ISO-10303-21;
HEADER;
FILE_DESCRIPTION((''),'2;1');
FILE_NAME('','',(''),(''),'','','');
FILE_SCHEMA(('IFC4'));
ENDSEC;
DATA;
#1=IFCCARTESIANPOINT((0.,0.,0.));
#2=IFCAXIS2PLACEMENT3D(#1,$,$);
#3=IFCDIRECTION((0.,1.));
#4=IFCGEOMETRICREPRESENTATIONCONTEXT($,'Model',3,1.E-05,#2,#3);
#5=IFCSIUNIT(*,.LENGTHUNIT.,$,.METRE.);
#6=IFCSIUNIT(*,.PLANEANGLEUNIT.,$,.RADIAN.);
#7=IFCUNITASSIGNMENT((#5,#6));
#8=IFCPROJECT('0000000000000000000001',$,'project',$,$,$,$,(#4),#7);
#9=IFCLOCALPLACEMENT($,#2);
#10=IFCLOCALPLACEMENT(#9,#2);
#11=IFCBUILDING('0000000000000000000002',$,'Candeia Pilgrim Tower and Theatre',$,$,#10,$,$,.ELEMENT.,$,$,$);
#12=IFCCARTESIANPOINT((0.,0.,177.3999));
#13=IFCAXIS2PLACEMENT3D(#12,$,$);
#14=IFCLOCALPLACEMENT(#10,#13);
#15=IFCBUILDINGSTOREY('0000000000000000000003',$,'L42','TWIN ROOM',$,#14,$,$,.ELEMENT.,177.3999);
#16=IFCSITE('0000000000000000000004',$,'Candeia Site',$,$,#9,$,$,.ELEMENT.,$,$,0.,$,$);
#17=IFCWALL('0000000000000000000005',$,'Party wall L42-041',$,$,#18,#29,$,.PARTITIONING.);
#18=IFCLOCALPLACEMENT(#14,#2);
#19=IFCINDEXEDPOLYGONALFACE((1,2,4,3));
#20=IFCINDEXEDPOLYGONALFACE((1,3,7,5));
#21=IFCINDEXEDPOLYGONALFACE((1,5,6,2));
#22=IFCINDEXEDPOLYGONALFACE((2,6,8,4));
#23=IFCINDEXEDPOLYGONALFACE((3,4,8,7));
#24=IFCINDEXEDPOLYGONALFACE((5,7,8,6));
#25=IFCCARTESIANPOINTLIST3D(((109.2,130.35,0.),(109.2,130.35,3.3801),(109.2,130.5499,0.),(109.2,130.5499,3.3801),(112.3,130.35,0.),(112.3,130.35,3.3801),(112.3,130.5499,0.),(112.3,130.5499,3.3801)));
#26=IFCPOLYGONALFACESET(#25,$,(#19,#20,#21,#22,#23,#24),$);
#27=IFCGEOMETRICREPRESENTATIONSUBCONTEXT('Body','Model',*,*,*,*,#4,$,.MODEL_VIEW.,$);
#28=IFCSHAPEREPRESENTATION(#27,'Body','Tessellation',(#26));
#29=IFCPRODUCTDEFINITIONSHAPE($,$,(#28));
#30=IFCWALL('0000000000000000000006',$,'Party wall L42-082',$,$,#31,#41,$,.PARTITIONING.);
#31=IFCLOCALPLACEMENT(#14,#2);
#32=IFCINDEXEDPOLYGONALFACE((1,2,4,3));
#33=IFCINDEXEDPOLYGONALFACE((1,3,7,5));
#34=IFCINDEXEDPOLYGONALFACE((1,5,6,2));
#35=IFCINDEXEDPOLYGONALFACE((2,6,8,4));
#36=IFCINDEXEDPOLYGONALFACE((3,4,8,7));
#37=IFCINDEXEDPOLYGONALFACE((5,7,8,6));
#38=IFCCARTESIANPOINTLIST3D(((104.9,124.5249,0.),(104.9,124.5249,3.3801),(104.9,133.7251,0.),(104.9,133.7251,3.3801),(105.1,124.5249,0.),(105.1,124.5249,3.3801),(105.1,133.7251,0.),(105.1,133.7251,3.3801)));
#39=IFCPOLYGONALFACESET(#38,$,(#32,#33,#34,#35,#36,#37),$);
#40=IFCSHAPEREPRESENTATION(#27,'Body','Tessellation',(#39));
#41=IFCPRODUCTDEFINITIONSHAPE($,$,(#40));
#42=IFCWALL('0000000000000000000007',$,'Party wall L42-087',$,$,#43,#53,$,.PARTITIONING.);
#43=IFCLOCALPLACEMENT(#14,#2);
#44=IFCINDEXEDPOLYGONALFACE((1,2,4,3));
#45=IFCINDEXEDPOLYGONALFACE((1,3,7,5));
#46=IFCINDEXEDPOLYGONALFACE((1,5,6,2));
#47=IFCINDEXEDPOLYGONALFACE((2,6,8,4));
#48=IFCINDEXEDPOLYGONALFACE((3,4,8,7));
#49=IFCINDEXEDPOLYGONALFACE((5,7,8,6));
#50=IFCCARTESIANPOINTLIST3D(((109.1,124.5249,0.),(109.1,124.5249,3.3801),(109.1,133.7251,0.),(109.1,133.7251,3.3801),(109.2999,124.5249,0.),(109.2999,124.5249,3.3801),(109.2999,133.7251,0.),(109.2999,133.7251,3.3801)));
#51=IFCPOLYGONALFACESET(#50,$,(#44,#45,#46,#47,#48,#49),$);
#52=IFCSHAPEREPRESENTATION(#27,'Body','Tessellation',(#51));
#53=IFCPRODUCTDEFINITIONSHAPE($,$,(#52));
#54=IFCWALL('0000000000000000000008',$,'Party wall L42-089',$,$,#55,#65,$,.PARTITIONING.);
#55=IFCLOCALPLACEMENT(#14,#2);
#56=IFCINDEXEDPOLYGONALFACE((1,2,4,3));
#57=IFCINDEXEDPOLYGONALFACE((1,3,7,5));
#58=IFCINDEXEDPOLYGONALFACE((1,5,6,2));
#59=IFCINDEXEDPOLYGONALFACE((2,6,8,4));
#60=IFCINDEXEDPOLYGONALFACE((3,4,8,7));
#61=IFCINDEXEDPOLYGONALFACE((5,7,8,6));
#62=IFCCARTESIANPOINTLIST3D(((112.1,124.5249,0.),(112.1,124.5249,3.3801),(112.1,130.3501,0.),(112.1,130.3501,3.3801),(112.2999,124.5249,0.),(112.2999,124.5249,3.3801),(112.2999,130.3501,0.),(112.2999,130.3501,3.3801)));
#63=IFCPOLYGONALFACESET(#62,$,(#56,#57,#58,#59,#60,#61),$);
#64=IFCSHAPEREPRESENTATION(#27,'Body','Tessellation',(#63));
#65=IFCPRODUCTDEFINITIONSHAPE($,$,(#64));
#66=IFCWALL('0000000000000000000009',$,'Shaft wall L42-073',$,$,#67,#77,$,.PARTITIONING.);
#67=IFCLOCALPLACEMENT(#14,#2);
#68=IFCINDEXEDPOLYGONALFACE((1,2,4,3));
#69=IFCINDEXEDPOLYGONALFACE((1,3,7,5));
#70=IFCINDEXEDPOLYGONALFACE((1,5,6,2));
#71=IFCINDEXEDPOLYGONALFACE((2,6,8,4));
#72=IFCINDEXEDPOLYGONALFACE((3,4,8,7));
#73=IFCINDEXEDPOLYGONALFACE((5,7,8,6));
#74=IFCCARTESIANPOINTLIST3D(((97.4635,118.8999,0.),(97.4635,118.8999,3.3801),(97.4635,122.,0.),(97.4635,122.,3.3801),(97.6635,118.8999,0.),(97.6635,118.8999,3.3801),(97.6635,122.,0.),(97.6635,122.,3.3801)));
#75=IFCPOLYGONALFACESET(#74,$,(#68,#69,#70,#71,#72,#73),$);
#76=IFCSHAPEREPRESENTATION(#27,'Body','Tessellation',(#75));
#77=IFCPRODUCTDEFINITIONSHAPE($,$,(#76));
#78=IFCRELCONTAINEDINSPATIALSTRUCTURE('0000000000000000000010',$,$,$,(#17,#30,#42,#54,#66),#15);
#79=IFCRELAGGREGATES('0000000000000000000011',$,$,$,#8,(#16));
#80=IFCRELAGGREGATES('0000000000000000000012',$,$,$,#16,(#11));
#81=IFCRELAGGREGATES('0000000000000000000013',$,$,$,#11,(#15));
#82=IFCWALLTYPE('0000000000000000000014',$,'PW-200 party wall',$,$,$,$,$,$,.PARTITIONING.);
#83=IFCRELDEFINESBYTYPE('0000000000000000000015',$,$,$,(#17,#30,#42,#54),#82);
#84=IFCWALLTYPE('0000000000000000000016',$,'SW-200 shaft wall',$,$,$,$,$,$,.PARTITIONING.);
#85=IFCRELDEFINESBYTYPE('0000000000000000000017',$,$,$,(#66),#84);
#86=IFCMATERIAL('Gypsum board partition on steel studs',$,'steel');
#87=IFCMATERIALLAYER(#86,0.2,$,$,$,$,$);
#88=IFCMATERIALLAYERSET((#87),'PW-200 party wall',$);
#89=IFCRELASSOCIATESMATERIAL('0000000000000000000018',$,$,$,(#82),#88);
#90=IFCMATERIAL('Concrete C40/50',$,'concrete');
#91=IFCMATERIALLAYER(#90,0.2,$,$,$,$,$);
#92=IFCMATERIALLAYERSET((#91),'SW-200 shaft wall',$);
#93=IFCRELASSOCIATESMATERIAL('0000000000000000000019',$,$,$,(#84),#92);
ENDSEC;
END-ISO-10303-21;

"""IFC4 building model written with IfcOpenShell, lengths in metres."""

from ifc_helpers import new_model, si_unit, direction, frame, frame_2d, origin, place, context, subcontext, project, spatial, rectangle, extrude, material, layer, layer_set, type_object, element, save


model = new_model("IFC4")

# Units and contexts
model_context = context("Model", 3, precision=1e-05, world=origin(), true_north=direction((0.0, 1.0)))
body_context = subcontext(model_context, "Body", "Model", "MODEL_VIEW")
ifc_project = project(units=[si_unit("LENGTHUNIT", "METRE"), si_unit("PLANEANGLEUNIT", "RADIAN")], contexts=[model_context])

# Site, building, storey
site_placement = place(None, origin())
site = spatial("IfcSite", under=ifc_project, at=site_placement, Name="Candeia Site", CompositionType="ELEMENT", RefElevation=0.0)
building_placement = place(site_placement, origin())
building = spatial("IfcBuilding", under=site, at=building_placement, Name="Candeia Pilgrim Tower and Theatre", CompositionType="ELEMENT")
storey_placement = place(building_placement, frame((0.0, 0.0, 177.3999)))
storey = spatial("IfcBuildingStorey", under=building, at=storey_placement, Name="L42", Description="TWIN ROOM", CompositionType="ELEMENT", Elevation=177.3999)

# Shared definitions
ifc_material_1 = material(Name="Gypsum board partition on steel studs", Category="steel")

# Walls
ifc_layer_1 = layer(ifc_material_1, 0.2)
ifc_layer_set_1 = layer_set([ifc_layer_1], Name="PW-200 party wall")
wall_type_1 = type_object("IfcWallType", Name="PW-200 party wall", PredefinedType="PARTITIONING", material=ifc_layer_set_1)
wall_1_placement = place(storey_placement, frame((109.2, 130.45, 0.0), z_axis=(0.0, 0.0, 1.0), x_axis=(1.0, 0.0, 0.0)))
element("IfcWall", 1, at=wall_1_placement, inside=storey, type_object=wall_type_1, Name="Party wall L42-041", PredefinedType="PARTITIONING", context=body_context, shape_type="SweptSolid", body=[
    extrude(rectangle(XDim=3.1001, YDim=0.2, at=frame_2d((1.55, 0.0))), origin(), (0.0, 0.0, 1.0), 3.3801),
])
for number, where, z_axis, x_axis, name in (
    (2, (105.0, 124.5249, 0.0), (0.0, 0.0, 1.0), (0.0, 1.0, 0.0), "Party wall L42-082"),
    (3, (109.2, 124.5249, 0.0), (0.0, 0.0, 1.0), (0.0, 1.0, 0.0), "Party wall L42-087"),
):
    element("IfcWall", number, at=place(storey_placement, frame(where, z_axis=z_axis, x_axis=x_axis)), inside=storey, type_object=wall_type_1, Name=name, PredefinedType="PARTITIONING", context=body_context, shape_type="SweptSolid", body=[
        extrude(rectangle(XDim=9.2002, YDim=0.2, at=frame_2d((4.6001, 0.0))), origin(), (0.0, 0.0, 1.0), 3.3801),
    ])
wall_2_placement = place(storey_placement, frame((112.2, 124.5249, 0.0), z_axis=(0.0, 0.0, 1.0), x_axis=(0.0, 1.0, 0.0)))
element("IfcWall", 4, at=wall_2_placement, inside=storey, type_object=wall_type_1, Name="Party wall L42-089", PredefinedType="PARTITIONING", context=body_context, shape_type="SweptSolid", body=[
    extrude(rectangle(XDim=5.8252, YDim=0.2, at=frame_2d((2.9126, 0.0))), origin(), (0.0, 0.0, 1.0), 3.3801),
])
ifc_material_2 = material(Name="Concrete C40/50", Category="concrete")
ifc_layer_2 = layer(ifc_material_2, 0.2)
ifc_layer_set_2 = layer_set([ifc_layer_2], Name="SW-200 shaft wall")
wall_type_2 = type_object("IfcWallType", Name="SW-200 shaft wall", PredefinedType="PARTITIONING", material=ifc_layer_set_2)
wall_3_placement = place(storey_placement, frame((97.5635, 118.8999, 0.0), z_axis=(0.0, 0.0, 1.0), x_axis=(0.0, 1.0, 0.0)))
element("IfcWall", 5, at=wall_3_placement, inside=storey, type_object=wall_type_2, Name="Shaft wall L42-073", PredefinedType="PARTITIONING", context=body_context, shape_type="SweptSolid", body=[
    extrude(rectangle(XDim=3.1001, YDim=0.2, at=frame_2d((1.55, 0.0))), origin(), (0.0, 0.0, 1.0), 3.3801),
])

save(model, "model.ifc")
